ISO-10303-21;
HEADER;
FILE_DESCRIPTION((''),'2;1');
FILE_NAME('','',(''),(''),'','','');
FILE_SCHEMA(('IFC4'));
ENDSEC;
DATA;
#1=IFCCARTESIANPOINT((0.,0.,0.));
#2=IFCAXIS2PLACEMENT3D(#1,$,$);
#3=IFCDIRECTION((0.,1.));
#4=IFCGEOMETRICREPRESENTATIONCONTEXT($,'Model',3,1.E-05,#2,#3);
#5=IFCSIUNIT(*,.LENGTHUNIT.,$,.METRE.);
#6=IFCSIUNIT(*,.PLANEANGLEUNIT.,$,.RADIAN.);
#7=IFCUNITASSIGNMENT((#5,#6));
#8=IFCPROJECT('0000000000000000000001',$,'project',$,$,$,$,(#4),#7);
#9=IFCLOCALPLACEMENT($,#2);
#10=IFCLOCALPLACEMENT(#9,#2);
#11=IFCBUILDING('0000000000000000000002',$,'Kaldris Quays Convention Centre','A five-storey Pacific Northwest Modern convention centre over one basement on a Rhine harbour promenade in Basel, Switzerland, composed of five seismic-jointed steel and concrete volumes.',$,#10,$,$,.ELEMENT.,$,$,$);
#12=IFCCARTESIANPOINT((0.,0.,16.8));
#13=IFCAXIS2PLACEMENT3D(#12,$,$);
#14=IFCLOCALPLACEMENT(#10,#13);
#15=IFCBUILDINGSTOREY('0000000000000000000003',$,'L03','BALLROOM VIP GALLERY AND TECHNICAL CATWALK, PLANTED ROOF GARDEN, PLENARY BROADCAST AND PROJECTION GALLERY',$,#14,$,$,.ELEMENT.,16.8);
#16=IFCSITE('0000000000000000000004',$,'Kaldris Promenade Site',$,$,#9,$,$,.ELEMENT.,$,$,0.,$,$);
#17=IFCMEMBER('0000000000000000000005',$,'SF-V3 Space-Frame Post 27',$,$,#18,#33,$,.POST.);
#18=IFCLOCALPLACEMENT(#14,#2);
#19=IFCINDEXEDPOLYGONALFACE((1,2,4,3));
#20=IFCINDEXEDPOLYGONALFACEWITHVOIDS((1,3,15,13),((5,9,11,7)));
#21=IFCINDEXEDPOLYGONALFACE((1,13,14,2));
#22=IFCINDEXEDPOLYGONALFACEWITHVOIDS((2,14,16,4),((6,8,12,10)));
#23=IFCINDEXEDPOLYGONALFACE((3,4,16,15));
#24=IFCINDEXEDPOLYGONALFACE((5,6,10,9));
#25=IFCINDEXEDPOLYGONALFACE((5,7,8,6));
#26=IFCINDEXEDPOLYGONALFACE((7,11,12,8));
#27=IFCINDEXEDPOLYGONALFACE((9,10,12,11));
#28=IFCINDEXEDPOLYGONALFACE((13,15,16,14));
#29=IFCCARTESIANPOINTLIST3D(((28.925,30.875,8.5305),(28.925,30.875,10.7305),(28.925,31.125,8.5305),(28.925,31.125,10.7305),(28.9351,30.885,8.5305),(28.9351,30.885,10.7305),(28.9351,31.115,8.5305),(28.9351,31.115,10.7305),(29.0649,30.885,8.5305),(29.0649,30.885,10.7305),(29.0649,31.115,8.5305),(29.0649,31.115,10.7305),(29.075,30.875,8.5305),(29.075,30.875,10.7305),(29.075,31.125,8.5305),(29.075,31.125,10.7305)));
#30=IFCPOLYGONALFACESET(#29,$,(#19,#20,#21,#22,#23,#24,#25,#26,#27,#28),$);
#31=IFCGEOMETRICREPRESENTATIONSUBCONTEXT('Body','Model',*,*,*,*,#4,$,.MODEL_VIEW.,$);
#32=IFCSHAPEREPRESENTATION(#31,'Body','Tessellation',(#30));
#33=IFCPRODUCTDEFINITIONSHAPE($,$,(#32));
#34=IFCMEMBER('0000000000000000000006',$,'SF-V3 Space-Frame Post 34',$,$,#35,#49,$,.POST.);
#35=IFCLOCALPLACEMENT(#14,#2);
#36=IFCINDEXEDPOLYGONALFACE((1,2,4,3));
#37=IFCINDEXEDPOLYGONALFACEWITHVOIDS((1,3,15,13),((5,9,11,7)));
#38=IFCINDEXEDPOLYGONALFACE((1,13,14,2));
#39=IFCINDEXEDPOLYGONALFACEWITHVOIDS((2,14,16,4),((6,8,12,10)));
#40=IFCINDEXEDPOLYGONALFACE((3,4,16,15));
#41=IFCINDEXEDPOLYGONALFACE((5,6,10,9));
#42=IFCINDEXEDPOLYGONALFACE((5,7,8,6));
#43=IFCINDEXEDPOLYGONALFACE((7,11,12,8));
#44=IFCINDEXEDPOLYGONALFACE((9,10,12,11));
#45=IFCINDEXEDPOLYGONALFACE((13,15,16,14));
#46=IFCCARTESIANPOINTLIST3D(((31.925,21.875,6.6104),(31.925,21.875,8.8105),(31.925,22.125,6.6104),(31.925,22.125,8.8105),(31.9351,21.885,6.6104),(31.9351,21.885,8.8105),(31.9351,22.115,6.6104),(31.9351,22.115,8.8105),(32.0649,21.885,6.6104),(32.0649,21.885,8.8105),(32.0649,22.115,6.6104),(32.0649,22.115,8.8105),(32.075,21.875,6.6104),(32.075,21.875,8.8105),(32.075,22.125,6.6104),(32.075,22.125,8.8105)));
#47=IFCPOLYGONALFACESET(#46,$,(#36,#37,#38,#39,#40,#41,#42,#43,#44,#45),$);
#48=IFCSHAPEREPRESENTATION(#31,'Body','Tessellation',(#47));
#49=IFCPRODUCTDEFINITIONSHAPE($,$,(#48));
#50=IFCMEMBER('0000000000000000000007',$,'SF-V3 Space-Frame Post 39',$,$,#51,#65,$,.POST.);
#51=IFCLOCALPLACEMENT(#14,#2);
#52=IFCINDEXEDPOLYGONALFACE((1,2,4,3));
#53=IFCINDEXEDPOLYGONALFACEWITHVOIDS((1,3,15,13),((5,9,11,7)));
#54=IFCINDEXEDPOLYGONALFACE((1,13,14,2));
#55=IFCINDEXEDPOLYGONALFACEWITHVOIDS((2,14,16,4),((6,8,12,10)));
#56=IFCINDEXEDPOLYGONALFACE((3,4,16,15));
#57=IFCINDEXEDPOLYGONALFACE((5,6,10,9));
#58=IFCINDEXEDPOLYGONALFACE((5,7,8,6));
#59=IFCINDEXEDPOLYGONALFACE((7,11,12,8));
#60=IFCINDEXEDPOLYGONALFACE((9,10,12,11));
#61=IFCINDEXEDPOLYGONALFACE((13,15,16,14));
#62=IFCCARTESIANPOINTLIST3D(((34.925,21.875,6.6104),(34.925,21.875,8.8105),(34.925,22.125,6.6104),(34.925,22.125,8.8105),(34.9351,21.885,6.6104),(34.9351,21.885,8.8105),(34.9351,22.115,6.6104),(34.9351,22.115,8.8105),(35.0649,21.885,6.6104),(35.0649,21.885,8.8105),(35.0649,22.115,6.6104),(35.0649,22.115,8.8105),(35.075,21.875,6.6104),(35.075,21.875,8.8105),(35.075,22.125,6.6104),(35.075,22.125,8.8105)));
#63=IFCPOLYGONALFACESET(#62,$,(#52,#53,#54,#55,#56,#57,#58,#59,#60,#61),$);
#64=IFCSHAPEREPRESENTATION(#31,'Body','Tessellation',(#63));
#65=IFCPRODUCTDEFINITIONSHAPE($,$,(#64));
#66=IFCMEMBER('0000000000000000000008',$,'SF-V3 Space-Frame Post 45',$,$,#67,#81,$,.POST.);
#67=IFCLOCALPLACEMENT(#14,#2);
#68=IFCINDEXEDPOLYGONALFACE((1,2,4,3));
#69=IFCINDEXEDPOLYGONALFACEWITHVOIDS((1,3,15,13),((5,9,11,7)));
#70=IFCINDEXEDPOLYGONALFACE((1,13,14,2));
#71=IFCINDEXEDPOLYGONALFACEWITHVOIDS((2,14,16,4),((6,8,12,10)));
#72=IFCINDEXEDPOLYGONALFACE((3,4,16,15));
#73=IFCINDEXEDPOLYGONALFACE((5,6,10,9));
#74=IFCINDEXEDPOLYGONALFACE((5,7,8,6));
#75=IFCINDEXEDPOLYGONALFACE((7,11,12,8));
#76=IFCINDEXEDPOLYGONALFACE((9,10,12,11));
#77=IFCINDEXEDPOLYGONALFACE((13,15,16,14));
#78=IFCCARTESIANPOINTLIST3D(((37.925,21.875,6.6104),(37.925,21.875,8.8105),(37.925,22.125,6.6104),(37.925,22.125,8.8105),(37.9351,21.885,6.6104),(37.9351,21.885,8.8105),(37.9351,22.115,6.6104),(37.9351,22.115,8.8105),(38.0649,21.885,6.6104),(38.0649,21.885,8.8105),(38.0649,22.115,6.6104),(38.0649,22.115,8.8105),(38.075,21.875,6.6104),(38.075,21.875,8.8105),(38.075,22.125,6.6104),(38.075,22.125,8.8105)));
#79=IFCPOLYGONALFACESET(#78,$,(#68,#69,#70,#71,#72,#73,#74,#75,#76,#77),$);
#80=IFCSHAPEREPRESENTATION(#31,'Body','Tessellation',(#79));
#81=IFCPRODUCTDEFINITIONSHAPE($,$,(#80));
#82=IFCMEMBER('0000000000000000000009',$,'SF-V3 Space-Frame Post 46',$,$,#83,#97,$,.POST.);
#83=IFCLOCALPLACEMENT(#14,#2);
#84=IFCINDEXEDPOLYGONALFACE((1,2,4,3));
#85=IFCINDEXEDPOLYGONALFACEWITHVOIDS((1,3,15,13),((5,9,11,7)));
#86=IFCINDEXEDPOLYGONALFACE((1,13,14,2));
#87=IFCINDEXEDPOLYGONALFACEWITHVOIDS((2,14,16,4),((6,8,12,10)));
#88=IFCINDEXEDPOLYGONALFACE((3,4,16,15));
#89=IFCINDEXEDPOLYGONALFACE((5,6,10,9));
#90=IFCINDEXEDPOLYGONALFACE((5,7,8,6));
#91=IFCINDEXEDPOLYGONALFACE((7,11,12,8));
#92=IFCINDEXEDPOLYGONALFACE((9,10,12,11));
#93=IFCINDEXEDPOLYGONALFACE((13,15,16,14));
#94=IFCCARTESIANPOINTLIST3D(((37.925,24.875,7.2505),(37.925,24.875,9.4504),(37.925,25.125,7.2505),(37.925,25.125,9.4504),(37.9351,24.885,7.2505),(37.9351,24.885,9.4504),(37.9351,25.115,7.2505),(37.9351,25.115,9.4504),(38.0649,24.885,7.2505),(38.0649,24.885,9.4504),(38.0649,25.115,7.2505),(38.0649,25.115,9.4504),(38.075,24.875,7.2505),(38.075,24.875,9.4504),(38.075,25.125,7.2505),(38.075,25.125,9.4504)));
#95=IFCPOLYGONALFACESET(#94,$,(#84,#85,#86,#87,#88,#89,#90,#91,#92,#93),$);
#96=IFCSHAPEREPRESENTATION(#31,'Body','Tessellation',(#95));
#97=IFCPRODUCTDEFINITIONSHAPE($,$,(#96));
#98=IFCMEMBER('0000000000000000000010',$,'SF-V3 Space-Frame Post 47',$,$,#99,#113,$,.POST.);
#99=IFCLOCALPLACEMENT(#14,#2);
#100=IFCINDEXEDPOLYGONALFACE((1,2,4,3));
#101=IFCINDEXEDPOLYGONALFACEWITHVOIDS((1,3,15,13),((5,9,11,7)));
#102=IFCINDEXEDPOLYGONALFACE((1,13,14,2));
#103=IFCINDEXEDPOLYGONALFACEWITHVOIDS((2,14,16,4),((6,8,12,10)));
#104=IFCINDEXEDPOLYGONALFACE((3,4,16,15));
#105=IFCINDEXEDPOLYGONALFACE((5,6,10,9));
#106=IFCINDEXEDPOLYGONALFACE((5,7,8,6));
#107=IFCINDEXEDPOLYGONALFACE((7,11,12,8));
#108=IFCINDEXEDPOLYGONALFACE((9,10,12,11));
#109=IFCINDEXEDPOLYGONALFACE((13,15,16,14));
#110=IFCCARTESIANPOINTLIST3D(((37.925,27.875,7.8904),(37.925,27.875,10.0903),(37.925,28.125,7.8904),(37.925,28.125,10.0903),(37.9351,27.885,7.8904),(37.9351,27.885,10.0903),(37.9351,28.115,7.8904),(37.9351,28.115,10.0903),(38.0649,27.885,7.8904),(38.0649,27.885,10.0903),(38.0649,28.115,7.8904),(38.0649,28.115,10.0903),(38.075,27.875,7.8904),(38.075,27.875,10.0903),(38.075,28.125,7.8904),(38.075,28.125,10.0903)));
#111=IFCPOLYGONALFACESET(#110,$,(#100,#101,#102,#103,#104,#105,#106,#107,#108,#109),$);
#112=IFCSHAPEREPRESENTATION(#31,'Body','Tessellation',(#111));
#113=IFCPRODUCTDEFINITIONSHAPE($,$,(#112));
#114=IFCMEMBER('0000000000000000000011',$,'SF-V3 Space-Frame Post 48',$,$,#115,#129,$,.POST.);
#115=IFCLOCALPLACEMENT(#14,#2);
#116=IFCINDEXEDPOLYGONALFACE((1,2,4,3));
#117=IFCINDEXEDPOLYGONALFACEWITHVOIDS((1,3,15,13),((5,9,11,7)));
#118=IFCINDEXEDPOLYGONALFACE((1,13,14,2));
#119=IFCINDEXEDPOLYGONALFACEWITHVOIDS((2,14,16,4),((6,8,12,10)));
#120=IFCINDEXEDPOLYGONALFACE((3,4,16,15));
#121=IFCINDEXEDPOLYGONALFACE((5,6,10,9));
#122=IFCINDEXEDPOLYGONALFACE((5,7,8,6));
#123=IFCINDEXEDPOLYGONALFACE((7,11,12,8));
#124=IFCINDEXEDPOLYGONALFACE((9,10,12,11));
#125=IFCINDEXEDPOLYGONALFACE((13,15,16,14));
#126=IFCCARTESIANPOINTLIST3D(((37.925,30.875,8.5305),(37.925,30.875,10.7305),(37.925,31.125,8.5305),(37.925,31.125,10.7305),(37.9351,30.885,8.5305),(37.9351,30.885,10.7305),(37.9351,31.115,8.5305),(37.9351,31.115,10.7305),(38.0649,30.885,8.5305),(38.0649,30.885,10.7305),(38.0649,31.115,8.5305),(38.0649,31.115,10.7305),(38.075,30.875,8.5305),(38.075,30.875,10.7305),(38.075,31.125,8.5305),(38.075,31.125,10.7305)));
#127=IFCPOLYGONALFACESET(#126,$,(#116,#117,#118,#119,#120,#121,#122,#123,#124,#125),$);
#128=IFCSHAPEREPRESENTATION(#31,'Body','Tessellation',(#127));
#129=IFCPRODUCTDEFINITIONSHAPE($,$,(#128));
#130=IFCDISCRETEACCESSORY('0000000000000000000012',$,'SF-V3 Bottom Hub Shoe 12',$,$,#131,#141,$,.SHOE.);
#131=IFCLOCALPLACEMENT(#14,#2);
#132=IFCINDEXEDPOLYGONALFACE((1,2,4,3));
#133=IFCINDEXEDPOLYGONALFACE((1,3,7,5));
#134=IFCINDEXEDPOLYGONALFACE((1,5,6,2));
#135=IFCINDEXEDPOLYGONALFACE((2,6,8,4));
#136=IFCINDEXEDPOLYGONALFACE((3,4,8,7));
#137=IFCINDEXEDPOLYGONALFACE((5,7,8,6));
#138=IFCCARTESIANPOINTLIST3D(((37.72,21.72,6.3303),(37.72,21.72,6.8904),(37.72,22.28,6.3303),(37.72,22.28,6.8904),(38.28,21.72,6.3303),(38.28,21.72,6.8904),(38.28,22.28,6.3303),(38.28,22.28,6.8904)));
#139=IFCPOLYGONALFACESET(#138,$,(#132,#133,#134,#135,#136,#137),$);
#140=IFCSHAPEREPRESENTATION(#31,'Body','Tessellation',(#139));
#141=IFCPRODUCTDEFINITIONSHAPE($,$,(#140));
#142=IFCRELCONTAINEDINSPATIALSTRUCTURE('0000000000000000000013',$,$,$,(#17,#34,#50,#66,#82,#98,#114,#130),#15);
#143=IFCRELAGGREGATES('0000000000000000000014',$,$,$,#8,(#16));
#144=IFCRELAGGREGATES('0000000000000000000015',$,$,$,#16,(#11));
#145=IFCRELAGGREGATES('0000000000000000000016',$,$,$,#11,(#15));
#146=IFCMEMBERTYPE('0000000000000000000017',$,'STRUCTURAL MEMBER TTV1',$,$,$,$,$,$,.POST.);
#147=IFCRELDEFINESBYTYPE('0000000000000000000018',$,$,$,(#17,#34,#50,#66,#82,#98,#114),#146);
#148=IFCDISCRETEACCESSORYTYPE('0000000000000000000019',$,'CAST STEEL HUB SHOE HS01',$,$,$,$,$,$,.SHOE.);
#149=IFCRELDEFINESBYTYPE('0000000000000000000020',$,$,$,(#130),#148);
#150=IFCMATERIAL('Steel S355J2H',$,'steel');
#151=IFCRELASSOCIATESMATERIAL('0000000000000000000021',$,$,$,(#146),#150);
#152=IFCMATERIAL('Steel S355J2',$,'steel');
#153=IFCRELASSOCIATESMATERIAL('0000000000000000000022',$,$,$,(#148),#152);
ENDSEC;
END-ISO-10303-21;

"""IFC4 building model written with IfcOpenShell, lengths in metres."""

from ifc_helpers import new_model, si_unit, direction, frame, origin, origin_2d, place, context, subcontext, project, spatial, rectangle, hollow_rectangle, extrude, material, material_profile, profile_set, type_object, element, save


model = new_model("IFC4")

# Units and contexts
model_context = context("Model", 3, precision=1e-05, world=origin(), true_north=direction((0.0, 1.0)))
body_context = subcontext(model_context, "Body", "Model", "MODEL_VIEW")
ifc_project = project(units=[si_unit("LENGTHUNIT", "METRE"), si_unit("PLANEANGLEUNIT", "RADIAN")], contexts=[model_context])

# Site, building, storey
site_placement = place(None, origin())
site = spatial("IfcSite", under=ifc_project, at=site_placement, Name="Kaldris Promenade Site", CompositionType="ELEMENT", RefElevation=0.0)
building_placement = place(site_placement, origin())
building = spatial("IfcBuilding", under=site, at=building_placement, Name="Kaldris Quays Convention Centre", Description="A five-storey Pacific Northwest Modern convention centre over one basement on a Rhine harbour promenade in Basel, Switzerland, composed of five seismic-jointed steel and concrete volumes.", CompositionType="ELEMENT")
storey_placement = place(building_placement, frame((0.0, 0.0, 16.8)))
storey = spatial("IfcBuildingStorey", under=building, at=storey_placement, Name="L03", Description="BALLROOM VIP GALLERY AND TECHNICAL CATWALK, PLANTED ROOF GARDEN, PLENARY BROADCAST AND PROJECTION GALLERY", CompositionType="ELEMENT", Elevation=16.8)

# Members
ifc_material_1 = material(Name="Steel S355J2H", Category="steel")
ifc_material_profile_1 = material_profile(ifc_material_1, hollow_rectangle(XDim=0.1499, YDim=0.25, WallThickness=0.01, at=origin_2d()), Name="RHS 250x150x10")
ifc_profile_set_1 = profile_set([ifc_material_profile_1], Name="Steel S355J2H")
member_type_1 = type_object("IfcMemberType", Name="STRUCTURAL MEMBER TTV1", PredefinedType="POST", material=ifc_profile_set_1)
for number, where, z_axis, x_axis, name in (
    (1, (29.0, 31.0, 8.5305), (0.0, 0.0, 1.0), (1.0, 0.0, 0.0), "SF-V3 Space-Frame Post 27"),
):
    element("IfcMember", number, at=place(storey_placement, frame(where, z_axis=z_axis, x_axis=x_axis)), inside=storey, type_object=member_type_1, Name=name, PredefinedType="POST", context=body_context, shape_type="SweptSolid", body=[
        extrude(hollow_rectangle(XDim=0.1499, YDim=0.25, WallThickness=0.01, at=origin_2d()), origin(), (0.0, 0.0, 1.0), 2.2),
    ])
for number, where, z_axis, x_axis, name in (
    (2, (32.0, 22.0, 6.6104), (0.0, 0.0, 1.0), (1.0, 0.0, 0.0), "SF-V3 Space-Frame Post 34"),
    (3, (35.0, 22.0, 6.6104), (0.0, 0.0, 1.0), (1.0, 0.0, 0.0), "SF-V3 Space-Frame Post 39"),
    (4, (38.0, 22.0, 6.6104), (0.0, 0.0, 1.0), (1.0, 0.0, 0.0), "SF-V3 Space-Frame Post 45"),
):
    element("IfcMember", number, at=place(storey_placement, frame(where, z_axis=z_axis, x_axis=x_axis)), inside=storey, type_object=member_type_1, Name=name, PredefinedType="POST", context=body_context, shape_type="SweptSolid", body=[
        extrude(hollow_rectangle(XDim=0.1499, YDim=0.25, WallThickness=0.01, at=origin_2d()), origin(), (0.0, 0.0, 1.0), 2.2002),
    ])
for number, where, z_axis, x_axis, name in (
    (5, (38.0, 25.0, 7.2505), (0.0, 0.0, 1.0), (1.0, 0.0, 0.0), "SF-V3 Space-Frame Post 46"),
    (6, (38.0, 28.0, 7.8904), (0.0, 0.0, 1.0), (1.0, 0.0, 0.0), "SF-V3 Space-Frame Post 47"),
    (7, (38.0, 31.0, 8.5305), (0.0, 0.0, 1.0), (1.0, 0.0, 0.0), "SF-V3 Space-Frame Post 48"),
):
    element("IfcMember", number, at=place(storey_placement, frame(where, z_axis=z_axis, x_axis=x_axis)), inside=storey, type_object=member_type_1, Name=name, PredefinedType="POST", context=body_context, shape_type="SweptSolid", body=[
        extrude(hollow_rectangle(XDim=0.1499, YDim=0.25, WallThickness=0.01, at=origin_2d()), origin(), (0.0, 0.0, 1.0), 2.2),
    ])

# Discrete accessory
ifc_material_2 = material(Name="Steel S355J2", Category="steel")
discrete_accessory_type = type_object("IfcDiscreteAccessoryType", Name="CAST STEEL HUB SHOE HS01", PredefinedType="SHOE", material=ifc_material_2)
discrete_accessory_placement = place(storey_placement, frame((38.0, 22.0, 6.3303), z_axis=(0.0, 0.0, 1.0), x_axis=(1.0, 0.0, 0.0)))
element("IfcDiscreteAccessory", 8, at=discrete_accessory_placement, inside=storey, type_object=discrete_accessory_type, Name="SF-V3 Bottom Hub Shoe 12", PredefinedType="SHOE", context=body_context, shape_type="SweptSolid", body=[
    extrude(rectangle(XDim=0.5601, YDim=0.5601, at=origin_2d()), origin(), (0.0, 0.0, 1.0), 0.5601),
])

save(model, "model.ifc")
